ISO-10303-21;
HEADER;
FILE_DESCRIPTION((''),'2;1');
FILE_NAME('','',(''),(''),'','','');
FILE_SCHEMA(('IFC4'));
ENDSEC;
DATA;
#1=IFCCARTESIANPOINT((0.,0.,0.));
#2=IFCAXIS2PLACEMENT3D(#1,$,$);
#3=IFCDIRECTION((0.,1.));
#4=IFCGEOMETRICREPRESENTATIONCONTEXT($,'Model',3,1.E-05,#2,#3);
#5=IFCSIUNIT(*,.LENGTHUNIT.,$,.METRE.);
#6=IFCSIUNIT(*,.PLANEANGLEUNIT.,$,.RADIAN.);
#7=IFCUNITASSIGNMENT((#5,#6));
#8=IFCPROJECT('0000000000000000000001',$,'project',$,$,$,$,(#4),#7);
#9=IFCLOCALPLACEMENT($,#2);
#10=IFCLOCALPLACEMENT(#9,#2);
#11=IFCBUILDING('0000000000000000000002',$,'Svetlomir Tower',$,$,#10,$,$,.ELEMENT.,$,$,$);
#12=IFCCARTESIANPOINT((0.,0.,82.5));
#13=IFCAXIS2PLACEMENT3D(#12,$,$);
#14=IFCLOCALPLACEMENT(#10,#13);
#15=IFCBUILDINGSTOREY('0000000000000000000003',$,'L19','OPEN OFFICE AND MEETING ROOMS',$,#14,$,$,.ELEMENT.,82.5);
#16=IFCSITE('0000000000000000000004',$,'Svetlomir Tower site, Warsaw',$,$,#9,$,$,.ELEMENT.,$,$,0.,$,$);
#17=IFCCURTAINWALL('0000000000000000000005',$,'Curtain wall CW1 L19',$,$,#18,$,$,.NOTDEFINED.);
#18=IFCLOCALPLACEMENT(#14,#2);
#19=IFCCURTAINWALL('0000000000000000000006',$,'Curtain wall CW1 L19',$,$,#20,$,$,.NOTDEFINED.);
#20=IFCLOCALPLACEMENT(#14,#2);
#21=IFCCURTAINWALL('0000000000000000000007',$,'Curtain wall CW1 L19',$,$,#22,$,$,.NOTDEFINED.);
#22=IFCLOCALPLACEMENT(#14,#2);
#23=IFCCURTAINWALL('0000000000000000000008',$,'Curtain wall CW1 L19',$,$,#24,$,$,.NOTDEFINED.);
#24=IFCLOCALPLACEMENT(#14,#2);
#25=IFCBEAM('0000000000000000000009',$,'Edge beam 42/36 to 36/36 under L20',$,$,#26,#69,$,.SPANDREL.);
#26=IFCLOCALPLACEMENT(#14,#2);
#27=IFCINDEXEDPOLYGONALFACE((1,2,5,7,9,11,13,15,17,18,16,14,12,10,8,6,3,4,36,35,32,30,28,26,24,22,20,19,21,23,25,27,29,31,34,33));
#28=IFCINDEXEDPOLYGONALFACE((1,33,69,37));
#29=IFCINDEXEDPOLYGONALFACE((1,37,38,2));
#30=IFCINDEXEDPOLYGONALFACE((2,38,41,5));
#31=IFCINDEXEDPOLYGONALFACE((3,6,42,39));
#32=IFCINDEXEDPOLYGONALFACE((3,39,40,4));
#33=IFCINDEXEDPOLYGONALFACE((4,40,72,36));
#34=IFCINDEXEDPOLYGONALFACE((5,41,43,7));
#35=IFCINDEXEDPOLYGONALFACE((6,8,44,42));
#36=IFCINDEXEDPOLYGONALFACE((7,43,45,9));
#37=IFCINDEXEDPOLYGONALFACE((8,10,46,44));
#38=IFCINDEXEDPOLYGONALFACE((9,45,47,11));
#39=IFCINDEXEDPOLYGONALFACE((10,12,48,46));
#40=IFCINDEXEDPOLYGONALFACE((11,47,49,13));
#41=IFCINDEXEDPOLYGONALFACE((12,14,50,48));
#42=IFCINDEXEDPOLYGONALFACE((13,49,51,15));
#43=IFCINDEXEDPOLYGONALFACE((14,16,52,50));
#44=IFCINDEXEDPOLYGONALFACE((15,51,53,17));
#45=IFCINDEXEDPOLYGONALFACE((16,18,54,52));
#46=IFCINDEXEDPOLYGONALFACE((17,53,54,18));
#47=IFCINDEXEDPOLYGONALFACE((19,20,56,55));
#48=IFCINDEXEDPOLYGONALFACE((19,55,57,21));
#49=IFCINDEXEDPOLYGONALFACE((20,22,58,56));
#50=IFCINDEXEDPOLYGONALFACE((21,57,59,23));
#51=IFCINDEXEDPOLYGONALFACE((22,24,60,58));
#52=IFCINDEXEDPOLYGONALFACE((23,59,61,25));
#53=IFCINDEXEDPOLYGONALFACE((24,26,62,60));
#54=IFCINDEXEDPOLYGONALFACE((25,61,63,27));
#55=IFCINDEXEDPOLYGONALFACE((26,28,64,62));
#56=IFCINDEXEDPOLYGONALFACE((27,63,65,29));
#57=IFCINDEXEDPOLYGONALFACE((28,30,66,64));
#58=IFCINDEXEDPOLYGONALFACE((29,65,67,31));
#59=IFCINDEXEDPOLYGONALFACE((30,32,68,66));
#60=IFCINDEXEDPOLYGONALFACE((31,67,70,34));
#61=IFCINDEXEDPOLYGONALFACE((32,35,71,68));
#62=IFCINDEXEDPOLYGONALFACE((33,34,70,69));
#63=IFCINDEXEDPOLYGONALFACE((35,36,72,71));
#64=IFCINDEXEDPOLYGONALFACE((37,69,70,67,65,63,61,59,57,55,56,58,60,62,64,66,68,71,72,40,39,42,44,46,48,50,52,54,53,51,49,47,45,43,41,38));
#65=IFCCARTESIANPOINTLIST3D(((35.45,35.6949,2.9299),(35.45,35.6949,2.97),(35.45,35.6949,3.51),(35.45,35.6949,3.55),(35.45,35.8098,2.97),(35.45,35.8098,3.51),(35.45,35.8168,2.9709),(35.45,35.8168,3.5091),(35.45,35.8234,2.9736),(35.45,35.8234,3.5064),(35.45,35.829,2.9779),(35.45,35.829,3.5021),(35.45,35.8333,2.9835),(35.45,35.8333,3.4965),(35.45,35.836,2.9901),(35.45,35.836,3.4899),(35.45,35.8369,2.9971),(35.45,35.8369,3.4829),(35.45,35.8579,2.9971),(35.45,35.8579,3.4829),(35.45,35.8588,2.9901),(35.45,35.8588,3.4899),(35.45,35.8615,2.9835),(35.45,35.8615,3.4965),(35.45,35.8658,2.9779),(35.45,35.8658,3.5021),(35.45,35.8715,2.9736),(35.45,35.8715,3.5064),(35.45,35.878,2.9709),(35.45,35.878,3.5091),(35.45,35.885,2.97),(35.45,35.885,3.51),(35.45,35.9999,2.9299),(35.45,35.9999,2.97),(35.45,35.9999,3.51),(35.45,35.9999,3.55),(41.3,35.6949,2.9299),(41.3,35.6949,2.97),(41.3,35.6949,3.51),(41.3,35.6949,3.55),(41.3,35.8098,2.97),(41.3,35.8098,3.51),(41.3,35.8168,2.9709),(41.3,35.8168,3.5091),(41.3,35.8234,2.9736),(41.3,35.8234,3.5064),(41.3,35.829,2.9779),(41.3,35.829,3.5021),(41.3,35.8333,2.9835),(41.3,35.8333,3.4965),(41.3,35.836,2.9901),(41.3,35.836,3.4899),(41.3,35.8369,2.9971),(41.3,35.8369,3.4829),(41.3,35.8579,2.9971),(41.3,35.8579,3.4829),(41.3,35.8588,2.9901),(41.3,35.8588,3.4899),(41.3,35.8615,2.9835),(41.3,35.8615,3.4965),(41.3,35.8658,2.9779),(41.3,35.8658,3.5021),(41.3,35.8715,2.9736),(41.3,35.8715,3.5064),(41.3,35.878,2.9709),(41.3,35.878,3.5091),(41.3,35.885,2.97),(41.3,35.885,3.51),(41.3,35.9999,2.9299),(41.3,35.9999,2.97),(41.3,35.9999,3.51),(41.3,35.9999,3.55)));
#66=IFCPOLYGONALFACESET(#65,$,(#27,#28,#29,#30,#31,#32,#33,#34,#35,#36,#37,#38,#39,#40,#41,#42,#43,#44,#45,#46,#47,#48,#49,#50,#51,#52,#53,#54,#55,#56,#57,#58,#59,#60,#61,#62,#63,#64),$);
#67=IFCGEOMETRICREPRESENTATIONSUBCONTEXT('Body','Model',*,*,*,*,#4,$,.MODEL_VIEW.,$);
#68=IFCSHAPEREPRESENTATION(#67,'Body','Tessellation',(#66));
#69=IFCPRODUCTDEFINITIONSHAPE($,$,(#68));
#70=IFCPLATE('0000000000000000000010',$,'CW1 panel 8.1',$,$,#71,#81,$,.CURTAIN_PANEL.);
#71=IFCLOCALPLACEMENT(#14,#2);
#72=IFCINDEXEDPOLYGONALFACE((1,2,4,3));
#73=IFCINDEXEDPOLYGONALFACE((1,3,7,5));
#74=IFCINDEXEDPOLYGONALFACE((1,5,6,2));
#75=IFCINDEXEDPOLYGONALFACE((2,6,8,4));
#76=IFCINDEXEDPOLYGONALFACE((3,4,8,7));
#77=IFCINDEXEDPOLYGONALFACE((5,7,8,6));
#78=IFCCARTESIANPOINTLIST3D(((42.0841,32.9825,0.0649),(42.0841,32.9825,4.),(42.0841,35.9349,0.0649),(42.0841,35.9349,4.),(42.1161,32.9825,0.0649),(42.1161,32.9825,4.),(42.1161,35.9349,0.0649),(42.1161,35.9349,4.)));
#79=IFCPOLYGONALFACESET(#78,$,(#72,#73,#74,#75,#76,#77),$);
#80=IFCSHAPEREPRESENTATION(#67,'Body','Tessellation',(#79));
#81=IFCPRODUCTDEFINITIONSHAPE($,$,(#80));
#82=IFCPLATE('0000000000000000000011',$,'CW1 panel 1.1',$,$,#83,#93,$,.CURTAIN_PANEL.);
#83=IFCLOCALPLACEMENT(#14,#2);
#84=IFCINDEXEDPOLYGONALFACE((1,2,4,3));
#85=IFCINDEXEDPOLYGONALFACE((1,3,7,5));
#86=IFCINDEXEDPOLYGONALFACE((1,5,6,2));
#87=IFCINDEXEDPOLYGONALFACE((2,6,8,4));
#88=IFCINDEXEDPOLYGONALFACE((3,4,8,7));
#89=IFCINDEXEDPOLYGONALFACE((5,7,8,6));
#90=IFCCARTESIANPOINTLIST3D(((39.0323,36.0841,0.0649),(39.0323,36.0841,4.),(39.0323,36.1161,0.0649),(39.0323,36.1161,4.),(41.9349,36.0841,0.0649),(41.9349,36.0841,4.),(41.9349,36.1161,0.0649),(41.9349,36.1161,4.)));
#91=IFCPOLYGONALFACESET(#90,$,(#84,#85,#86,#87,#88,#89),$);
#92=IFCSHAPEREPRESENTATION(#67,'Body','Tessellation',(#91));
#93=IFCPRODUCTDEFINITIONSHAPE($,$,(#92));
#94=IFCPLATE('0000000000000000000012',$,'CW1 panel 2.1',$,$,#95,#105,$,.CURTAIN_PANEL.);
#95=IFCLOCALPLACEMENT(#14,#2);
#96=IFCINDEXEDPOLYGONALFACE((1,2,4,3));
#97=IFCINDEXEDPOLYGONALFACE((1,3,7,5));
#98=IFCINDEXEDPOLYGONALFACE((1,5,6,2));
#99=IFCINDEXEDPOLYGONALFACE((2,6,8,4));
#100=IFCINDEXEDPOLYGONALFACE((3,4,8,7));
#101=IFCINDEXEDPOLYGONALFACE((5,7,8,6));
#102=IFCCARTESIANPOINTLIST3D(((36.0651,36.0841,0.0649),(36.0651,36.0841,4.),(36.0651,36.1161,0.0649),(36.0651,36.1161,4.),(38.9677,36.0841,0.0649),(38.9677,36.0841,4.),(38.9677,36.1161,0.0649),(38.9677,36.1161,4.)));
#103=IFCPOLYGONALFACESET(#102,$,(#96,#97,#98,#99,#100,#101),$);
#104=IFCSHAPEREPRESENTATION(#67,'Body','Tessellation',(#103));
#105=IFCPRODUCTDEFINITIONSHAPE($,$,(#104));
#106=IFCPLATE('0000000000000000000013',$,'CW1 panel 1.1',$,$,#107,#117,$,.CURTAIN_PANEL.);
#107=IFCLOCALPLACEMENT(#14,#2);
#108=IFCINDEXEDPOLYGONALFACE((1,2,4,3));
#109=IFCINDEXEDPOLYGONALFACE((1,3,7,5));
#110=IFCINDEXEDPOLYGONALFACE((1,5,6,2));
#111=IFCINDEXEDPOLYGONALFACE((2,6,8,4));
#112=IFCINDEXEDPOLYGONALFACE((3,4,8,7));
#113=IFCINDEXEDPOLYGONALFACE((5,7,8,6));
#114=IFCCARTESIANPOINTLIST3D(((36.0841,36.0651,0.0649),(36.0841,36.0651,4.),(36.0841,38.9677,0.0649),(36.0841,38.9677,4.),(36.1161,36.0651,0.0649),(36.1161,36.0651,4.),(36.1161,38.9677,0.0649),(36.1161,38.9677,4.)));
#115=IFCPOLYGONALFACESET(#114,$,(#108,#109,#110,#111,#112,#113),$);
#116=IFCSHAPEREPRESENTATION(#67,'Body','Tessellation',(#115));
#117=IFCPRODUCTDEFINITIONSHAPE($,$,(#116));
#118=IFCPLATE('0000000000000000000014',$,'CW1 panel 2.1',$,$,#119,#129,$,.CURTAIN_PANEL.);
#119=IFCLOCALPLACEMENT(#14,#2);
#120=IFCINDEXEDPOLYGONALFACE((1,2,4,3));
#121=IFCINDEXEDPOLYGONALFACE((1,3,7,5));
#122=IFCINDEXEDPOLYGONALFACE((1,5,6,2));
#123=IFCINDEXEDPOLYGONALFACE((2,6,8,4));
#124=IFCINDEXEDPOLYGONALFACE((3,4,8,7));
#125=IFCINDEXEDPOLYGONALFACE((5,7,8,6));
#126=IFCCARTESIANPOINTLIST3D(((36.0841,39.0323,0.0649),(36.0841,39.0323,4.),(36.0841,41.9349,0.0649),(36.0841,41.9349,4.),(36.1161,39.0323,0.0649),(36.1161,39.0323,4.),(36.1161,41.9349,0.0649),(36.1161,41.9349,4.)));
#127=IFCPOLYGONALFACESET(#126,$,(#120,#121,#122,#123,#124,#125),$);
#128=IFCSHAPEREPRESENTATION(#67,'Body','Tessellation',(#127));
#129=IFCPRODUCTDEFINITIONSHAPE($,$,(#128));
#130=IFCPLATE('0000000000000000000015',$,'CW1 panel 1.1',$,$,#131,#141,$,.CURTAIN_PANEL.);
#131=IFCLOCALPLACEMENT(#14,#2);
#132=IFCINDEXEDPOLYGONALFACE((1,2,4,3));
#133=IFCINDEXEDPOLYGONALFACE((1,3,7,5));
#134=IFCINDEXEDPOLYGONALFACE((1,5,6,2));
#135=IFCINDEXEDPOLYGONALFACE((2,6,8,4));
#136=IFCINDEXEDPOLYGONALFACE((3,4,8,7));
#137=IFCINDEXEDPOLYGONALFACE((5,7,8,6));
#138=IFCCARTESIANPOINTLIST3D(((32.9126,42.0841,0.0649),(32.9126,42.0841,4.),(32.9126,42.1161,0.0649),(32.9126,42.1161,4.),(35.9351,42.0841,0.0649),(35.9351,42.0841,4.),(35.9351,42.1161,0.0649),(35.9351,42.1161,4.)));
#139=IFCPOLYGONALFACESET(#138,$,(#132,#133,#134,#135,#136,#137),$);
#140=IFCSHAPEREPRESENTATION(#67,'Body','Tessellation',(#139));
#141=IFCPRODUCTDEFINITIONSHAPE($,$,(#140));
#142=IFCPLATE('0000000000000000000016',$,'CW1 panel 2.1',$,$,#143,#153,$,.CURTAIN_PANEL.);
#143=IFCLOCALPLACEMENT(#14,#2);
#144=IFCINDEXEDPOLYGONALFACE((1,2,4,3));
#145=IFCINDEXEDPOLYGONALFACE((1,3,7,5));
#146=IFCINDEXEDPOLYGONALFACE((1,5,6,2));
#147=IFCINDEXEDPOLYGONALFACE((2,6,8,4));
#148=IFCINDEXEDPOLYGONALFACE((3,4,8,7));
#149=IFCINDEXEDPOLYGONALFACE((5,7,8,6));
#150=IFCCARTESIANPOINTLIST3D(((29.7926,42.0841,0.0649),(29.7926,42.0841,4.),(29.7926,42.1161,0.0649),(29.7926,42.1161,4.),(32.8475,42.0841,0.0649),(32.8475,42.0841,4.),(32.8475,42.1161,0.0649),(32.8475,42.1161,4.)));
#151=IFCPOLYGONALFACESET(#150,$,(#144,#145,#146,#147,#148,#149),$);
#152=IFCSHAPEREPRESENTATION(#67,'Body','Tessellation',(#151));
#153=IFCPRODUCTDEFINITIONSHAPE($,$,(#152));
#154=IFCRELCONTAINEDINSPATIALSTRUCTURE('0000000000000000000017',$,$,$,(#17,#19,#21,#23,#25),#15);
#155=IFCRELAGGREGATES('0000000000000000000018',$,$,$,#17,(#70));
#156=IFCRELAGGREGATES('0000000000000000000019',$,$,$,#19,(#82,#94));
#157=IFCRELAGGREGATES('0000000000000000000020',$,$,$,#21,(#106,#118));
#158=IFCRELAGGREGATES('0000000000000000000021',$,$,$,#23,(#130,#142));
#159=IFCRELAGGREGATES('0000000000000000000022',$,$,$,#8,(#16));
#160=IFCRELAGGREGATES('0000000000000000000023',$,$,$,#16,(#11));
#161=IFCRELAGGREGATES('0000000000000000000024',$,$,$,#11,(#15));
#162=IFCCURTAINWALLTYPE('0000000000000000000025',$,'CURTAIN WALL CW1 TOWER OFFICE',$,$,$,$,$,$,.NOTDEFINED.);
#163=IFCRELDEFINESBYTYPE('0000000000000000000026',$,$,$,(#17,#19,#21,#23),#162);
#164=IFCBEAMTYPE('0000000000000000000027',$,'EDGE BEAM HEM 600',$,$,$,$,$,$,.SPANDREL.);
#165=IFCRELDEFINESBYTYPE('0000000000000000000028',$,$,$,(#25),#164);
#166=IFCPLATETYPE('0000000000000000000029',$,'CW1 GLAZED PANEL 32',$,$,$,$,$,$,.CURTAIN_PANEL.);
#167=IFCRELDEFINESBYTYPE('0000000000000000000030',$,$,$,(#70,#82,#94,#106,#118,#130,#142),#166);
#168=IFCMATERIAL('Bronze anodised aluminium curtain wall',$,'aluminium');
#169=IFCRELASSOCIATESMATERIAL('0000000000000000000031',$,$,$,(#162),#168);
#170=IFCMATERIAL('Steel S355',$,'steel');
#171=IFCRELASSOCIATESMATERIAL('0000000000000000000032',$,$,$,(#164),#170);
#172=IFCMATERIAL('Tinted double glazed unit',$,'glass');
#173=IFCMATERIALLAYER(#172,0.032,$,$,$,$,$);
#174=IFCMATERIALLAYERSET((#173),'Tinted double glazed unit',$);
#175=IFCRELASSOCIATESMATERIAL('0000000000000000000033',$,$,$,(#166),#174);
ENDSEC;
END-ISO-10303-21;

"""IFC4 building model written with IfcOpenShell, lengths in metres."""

from ifc_helpers import new_model, si_unit, direction, frame, origin, origin_2d, place, context, subcontext, project, spatial, rectangle, i_section, extrude, material, layer, layer_set, material_profile, profile_set, type_object, element, aggregate, save


model = new_model("IFC4")

# Units and contexts
model_context = context("Model", 3, precision=1e-05, world=origin(), true_north=direction((0.0, 1.0)))
body_context = subcontext(model_context, "Body", "Model", "MODEL_VIEW")
ifc_project = project(units=[si_unit("LENGTHUNIT", "METRE"), si_unit("PLANEANGLEUNIT", "RADIAN")], contexts=[model_context])

# Site, building, storey
site_placement = place(None, origin())
site = spatial("IfcSite", under=ifc_project, at=site_placement, Name="Svetlomir Tower site, Warsaw", CompositionType="ELEMENT", RefElevation=0.0)
building_placement = place(site_placement, origin())
building = spatial("IfcBuilding", under=site, at=building_placement, Name="Svetlomir Tower", CompositionType="ELEMENT")
storey_placement = place(building_placement, frame((0.0, 0.0, 82.5)))
storey = spatial("IfcBuildingStorey", under=building, at=storey_placement, Name="L19", Description="OPEN OFFICE AND MEETING ROOMS", CompositionType="ELEMENT", Elevation=82.5)

# Curtain walls
ifc_material_1 = material(Name="Bronze anodised aluminium curtain wall", Category="aluminium")
curtain_wall_type = type_object("IfcCurtainWallType", Name="CURTAIN WALL CW1 TOWER OFFICE", PredefinedType="NOTDEFINED", material=ifc_material_1)
curtain_wall_1_placement = place(storey_placement, origin())
curtain_wall_1 = element("IfcCurtainWall", 1, at=curtain_wall_1_placement, inside=storey, type_object=curtain_wall_type, Name="Curtain wall CW1 L19", PredefinedType="NOTDEFINED")
curtain_wall_2_placement = place(storey_placement, origin())
curtain_wall_2 = element("IfcCurtainWall", 2, at=curtain_wall_2_placement, inside=storey, type_object=curtain_wall_type, Name="Curtain wall CW1 L19", PredefinedType="NOTDEFINED")
curtain_wall_3_placement = place(storey_placement, origin())
curtain_wall_3 = element("IfcCurtainWall", 3, at=curtain_wall_3_placement, inside=storey, type_object=curtain_wall_type, Name="Curtain wall CW1 L19", PredefinedType="NOTDEFINED")
curtain_wall_4_placement = place(storey_placement, origin())
curtain_wall_4 = element("IfcCurtainWall", 4, at=curtain_wall_4_placement, inside=storey, type_object=curtain_wall_type, Name="Curtain wall CW1 L19", PredefinedType="NOTDEFINED")

# Beam
ifc_material_2 = material(Name="Steel S355", Category="steel")
ifc_material_profile_1 = material_profile(ifc_material_2, i_section(OverallWidth=0.3049, OverallDepth=0.6201, WebThickness=0.021, FlangeThickness=0.04, FilletRadius=0.0271, at=origin_2d()), Name="HEM 600")
ifc_profile_set_1 = profile_set([ifc_material_profile_1], Name="Steel S355")
beam_type = type_object("IfcBeamType", Name="EDGE BEAM HEM 600", PredefinedType="SPANDREL", material=ifc_profile_set_1)
for number, where, z_axis, x_axis, name in (
    (5, (41.3, 35.8474, 3.24), (-1.0, 0.0, 0.0), (0.0, -1.0, 0.0), "Edge beam 42/36 to 36/36 under L20"),
):
    element("IfcBeam", number, at=place(storey_placement, frame(where, z_axis=z_axis, x_axis=x_axis)), inside=storey, type_object=beam_type, Name=name, PredefinedType="SPANDREL", context=body_context, shape_type="SweptSolid", body=[
        extrude(i_section(OverallWidth=0.3049, OverallDepth=0.6201, WebThickness=0.021, FlangeThickness=0.04, FilletRadius=0.0271, at=origin_2d()), origin(), (0.0, 0.0, 1.0), 5.8501),
    ])

# Plates
ifc_material_3 = material(Name="Tinted double glazed unit", Category="glass")
ifc_layer = layer(ifc_material_3, 0.032)
ifc_layer_set = layer_set([ifc_layer], Name="Tinted double glazed unit")
plate_type = type_object("IfcPlateType", Name="CW1 GLAZED PANEL 32", PredefinedType="CURTAIN_PANEL", material=ifc_layer_set)
plate_1_placement = place(storey_placement, frame((42.1001, 34.4587, 0.0649), z_axis=(0.0, 0.0, 1.0), x_axis=(0.0, 1.0, 0.0)))
plate_1 = element("IfcPlate", 6, at=plate_1_placement, type_object=plate_type, Name="CW1 panel 8.1", PredefinedType="CURTAIN_PANEL", context=body_context, shape_type="SweptSolid", body=[
    extrude(rectangle(XDim=2.9524, YDim=0.032, at=origin_2d()), origin(), (0.0, 0.0, 1.0), 3.9351),
])
aggregate(curtain_wall_1, [plate_1])
plate_2_placement = place(storey_placement, frame((40.4836, 36.1001, 0.0649), z_axis=(0.0, 0.0, 1.0), x_axis=(-1.0, 0.0, 0.0)))
plate_2 = element("IfcPlate", 7, at=plate_2_placement, type_object=plate_type, Name="CW1 panel 1.1", PredefinedType="CURTAIN_PANEL", context=body_context, shape_type="SweptSolid", body=[
    extrude(rectangle(XDim=2.9026, YDim=0.032, at=origin_2d()), origin(), (0.0, 0.0, 1.0), 3.9351),
])
plate_3_placement = place(storey_placement, frame((37.5164, 36.1001, 0.0649), z_axis=(0.0, 0.0, 1.0), x_axis=(-1.0, 0.0, 0.0)))
plate_3 = element("IfcPlate", 8, at=plate_3_placement, type_object=plate_type, Name="CW1 panel 2.1", PredefinedType="CURTAIN_PANEL", context=body_context, shape_type="SweptSolid", body=[
    extrude(rectangle(XDim=2.9026, YDim=0.032, at=origin_2d()), origin(), (0.0, 0.0, 1.0), 3.9351),
])
aggregate(curtain_wall_2, [plate_2, plate_3])
plate_4_placement = place(storey_placement, frame((36.1001, 37.5164, 0.0649), z_axis=(0.0, 0.0, 1.0), x_axis=(0.0, 1.0, 0.0)))
plate_4 = element("IfcPlate", 9, at=plate_4_placement, type_object=plate_type, Name="CW1 panel 1.1", PredefinedType="CURTAIN_PANEL", context=body_context, shape_type="SweptSolid", body=[
    extrude(rectangle(XDim=2.9026, YDim=0.032, at=origin_2d()), origin(), (0.0, 0.0, 1.0), 3.9351),
])
plate_5_placement = place(storey_placement, frame((36.1001, 40.4836, 0.0649), z_axis=(0.0, 0.0, 1.0), x_axis=(0.0, 1.0, 0.0)))
plate_5 = element("IfcPlate", 10, at=plate_5_placement, type_object=plate_type, Name="CW1 panel 2.1", PredefinedType="CURTAIN_PANEL", context=body_context, shape_type="SweptSolid", body=[
    extrude(rectangle(XDim=2.9026, YDim=0.032, at=origin_2d()), origin(), (0.0, 0.0, 1.0), 3.9351),
])
aggregate(curtain_wall_3, [plate_4, plate_5])
plate_6_placement = place(storey_placement, frame((34.4238, 42.1001, 0.0649), z_axis=(0.0, 0.0, 1.0), x_axis=(-1.0, 0.0, 0.0)))
plate_6 = element("IfcPlate", 11, at=plate_6_placement, type_object=plate_type, Name="CW1 panel 1.1", PredefinedType="CURTAIN_PANEL", context=body_context, shape_type="SweptSolid", body=[
    extrude(rectangle(XDim=3.0225, YDim=0.032, at=origin_2d()), origin(), (0.0, 0.0, 1.0), 3.9351),
])
plate_7_placement = place(storey_placement, frame((31.3201, 42.1001, 0.0649), z_axis=(0.0, 0.0, 1.0), x_axis=(-1.0, 0.0, 0.0)))
plate_7 = element("IfcPlate", 12, at=plate_7_placement, type_object=plate_type, Name="CW1 panel 2.1", PredefinedType="CURTAIN_PANEL", context=body_context, shape_type="SweptSolid", body=[
    extrude(rectangle(XDim=3.0549, YDim=0.032, at=origin_2d()), origin(), (0.0, 0.0, 1.0), 3.9351),
])
aggregate(curtain_wall_4, [plate_6, plate_7])

save(model, "model.ifc")
